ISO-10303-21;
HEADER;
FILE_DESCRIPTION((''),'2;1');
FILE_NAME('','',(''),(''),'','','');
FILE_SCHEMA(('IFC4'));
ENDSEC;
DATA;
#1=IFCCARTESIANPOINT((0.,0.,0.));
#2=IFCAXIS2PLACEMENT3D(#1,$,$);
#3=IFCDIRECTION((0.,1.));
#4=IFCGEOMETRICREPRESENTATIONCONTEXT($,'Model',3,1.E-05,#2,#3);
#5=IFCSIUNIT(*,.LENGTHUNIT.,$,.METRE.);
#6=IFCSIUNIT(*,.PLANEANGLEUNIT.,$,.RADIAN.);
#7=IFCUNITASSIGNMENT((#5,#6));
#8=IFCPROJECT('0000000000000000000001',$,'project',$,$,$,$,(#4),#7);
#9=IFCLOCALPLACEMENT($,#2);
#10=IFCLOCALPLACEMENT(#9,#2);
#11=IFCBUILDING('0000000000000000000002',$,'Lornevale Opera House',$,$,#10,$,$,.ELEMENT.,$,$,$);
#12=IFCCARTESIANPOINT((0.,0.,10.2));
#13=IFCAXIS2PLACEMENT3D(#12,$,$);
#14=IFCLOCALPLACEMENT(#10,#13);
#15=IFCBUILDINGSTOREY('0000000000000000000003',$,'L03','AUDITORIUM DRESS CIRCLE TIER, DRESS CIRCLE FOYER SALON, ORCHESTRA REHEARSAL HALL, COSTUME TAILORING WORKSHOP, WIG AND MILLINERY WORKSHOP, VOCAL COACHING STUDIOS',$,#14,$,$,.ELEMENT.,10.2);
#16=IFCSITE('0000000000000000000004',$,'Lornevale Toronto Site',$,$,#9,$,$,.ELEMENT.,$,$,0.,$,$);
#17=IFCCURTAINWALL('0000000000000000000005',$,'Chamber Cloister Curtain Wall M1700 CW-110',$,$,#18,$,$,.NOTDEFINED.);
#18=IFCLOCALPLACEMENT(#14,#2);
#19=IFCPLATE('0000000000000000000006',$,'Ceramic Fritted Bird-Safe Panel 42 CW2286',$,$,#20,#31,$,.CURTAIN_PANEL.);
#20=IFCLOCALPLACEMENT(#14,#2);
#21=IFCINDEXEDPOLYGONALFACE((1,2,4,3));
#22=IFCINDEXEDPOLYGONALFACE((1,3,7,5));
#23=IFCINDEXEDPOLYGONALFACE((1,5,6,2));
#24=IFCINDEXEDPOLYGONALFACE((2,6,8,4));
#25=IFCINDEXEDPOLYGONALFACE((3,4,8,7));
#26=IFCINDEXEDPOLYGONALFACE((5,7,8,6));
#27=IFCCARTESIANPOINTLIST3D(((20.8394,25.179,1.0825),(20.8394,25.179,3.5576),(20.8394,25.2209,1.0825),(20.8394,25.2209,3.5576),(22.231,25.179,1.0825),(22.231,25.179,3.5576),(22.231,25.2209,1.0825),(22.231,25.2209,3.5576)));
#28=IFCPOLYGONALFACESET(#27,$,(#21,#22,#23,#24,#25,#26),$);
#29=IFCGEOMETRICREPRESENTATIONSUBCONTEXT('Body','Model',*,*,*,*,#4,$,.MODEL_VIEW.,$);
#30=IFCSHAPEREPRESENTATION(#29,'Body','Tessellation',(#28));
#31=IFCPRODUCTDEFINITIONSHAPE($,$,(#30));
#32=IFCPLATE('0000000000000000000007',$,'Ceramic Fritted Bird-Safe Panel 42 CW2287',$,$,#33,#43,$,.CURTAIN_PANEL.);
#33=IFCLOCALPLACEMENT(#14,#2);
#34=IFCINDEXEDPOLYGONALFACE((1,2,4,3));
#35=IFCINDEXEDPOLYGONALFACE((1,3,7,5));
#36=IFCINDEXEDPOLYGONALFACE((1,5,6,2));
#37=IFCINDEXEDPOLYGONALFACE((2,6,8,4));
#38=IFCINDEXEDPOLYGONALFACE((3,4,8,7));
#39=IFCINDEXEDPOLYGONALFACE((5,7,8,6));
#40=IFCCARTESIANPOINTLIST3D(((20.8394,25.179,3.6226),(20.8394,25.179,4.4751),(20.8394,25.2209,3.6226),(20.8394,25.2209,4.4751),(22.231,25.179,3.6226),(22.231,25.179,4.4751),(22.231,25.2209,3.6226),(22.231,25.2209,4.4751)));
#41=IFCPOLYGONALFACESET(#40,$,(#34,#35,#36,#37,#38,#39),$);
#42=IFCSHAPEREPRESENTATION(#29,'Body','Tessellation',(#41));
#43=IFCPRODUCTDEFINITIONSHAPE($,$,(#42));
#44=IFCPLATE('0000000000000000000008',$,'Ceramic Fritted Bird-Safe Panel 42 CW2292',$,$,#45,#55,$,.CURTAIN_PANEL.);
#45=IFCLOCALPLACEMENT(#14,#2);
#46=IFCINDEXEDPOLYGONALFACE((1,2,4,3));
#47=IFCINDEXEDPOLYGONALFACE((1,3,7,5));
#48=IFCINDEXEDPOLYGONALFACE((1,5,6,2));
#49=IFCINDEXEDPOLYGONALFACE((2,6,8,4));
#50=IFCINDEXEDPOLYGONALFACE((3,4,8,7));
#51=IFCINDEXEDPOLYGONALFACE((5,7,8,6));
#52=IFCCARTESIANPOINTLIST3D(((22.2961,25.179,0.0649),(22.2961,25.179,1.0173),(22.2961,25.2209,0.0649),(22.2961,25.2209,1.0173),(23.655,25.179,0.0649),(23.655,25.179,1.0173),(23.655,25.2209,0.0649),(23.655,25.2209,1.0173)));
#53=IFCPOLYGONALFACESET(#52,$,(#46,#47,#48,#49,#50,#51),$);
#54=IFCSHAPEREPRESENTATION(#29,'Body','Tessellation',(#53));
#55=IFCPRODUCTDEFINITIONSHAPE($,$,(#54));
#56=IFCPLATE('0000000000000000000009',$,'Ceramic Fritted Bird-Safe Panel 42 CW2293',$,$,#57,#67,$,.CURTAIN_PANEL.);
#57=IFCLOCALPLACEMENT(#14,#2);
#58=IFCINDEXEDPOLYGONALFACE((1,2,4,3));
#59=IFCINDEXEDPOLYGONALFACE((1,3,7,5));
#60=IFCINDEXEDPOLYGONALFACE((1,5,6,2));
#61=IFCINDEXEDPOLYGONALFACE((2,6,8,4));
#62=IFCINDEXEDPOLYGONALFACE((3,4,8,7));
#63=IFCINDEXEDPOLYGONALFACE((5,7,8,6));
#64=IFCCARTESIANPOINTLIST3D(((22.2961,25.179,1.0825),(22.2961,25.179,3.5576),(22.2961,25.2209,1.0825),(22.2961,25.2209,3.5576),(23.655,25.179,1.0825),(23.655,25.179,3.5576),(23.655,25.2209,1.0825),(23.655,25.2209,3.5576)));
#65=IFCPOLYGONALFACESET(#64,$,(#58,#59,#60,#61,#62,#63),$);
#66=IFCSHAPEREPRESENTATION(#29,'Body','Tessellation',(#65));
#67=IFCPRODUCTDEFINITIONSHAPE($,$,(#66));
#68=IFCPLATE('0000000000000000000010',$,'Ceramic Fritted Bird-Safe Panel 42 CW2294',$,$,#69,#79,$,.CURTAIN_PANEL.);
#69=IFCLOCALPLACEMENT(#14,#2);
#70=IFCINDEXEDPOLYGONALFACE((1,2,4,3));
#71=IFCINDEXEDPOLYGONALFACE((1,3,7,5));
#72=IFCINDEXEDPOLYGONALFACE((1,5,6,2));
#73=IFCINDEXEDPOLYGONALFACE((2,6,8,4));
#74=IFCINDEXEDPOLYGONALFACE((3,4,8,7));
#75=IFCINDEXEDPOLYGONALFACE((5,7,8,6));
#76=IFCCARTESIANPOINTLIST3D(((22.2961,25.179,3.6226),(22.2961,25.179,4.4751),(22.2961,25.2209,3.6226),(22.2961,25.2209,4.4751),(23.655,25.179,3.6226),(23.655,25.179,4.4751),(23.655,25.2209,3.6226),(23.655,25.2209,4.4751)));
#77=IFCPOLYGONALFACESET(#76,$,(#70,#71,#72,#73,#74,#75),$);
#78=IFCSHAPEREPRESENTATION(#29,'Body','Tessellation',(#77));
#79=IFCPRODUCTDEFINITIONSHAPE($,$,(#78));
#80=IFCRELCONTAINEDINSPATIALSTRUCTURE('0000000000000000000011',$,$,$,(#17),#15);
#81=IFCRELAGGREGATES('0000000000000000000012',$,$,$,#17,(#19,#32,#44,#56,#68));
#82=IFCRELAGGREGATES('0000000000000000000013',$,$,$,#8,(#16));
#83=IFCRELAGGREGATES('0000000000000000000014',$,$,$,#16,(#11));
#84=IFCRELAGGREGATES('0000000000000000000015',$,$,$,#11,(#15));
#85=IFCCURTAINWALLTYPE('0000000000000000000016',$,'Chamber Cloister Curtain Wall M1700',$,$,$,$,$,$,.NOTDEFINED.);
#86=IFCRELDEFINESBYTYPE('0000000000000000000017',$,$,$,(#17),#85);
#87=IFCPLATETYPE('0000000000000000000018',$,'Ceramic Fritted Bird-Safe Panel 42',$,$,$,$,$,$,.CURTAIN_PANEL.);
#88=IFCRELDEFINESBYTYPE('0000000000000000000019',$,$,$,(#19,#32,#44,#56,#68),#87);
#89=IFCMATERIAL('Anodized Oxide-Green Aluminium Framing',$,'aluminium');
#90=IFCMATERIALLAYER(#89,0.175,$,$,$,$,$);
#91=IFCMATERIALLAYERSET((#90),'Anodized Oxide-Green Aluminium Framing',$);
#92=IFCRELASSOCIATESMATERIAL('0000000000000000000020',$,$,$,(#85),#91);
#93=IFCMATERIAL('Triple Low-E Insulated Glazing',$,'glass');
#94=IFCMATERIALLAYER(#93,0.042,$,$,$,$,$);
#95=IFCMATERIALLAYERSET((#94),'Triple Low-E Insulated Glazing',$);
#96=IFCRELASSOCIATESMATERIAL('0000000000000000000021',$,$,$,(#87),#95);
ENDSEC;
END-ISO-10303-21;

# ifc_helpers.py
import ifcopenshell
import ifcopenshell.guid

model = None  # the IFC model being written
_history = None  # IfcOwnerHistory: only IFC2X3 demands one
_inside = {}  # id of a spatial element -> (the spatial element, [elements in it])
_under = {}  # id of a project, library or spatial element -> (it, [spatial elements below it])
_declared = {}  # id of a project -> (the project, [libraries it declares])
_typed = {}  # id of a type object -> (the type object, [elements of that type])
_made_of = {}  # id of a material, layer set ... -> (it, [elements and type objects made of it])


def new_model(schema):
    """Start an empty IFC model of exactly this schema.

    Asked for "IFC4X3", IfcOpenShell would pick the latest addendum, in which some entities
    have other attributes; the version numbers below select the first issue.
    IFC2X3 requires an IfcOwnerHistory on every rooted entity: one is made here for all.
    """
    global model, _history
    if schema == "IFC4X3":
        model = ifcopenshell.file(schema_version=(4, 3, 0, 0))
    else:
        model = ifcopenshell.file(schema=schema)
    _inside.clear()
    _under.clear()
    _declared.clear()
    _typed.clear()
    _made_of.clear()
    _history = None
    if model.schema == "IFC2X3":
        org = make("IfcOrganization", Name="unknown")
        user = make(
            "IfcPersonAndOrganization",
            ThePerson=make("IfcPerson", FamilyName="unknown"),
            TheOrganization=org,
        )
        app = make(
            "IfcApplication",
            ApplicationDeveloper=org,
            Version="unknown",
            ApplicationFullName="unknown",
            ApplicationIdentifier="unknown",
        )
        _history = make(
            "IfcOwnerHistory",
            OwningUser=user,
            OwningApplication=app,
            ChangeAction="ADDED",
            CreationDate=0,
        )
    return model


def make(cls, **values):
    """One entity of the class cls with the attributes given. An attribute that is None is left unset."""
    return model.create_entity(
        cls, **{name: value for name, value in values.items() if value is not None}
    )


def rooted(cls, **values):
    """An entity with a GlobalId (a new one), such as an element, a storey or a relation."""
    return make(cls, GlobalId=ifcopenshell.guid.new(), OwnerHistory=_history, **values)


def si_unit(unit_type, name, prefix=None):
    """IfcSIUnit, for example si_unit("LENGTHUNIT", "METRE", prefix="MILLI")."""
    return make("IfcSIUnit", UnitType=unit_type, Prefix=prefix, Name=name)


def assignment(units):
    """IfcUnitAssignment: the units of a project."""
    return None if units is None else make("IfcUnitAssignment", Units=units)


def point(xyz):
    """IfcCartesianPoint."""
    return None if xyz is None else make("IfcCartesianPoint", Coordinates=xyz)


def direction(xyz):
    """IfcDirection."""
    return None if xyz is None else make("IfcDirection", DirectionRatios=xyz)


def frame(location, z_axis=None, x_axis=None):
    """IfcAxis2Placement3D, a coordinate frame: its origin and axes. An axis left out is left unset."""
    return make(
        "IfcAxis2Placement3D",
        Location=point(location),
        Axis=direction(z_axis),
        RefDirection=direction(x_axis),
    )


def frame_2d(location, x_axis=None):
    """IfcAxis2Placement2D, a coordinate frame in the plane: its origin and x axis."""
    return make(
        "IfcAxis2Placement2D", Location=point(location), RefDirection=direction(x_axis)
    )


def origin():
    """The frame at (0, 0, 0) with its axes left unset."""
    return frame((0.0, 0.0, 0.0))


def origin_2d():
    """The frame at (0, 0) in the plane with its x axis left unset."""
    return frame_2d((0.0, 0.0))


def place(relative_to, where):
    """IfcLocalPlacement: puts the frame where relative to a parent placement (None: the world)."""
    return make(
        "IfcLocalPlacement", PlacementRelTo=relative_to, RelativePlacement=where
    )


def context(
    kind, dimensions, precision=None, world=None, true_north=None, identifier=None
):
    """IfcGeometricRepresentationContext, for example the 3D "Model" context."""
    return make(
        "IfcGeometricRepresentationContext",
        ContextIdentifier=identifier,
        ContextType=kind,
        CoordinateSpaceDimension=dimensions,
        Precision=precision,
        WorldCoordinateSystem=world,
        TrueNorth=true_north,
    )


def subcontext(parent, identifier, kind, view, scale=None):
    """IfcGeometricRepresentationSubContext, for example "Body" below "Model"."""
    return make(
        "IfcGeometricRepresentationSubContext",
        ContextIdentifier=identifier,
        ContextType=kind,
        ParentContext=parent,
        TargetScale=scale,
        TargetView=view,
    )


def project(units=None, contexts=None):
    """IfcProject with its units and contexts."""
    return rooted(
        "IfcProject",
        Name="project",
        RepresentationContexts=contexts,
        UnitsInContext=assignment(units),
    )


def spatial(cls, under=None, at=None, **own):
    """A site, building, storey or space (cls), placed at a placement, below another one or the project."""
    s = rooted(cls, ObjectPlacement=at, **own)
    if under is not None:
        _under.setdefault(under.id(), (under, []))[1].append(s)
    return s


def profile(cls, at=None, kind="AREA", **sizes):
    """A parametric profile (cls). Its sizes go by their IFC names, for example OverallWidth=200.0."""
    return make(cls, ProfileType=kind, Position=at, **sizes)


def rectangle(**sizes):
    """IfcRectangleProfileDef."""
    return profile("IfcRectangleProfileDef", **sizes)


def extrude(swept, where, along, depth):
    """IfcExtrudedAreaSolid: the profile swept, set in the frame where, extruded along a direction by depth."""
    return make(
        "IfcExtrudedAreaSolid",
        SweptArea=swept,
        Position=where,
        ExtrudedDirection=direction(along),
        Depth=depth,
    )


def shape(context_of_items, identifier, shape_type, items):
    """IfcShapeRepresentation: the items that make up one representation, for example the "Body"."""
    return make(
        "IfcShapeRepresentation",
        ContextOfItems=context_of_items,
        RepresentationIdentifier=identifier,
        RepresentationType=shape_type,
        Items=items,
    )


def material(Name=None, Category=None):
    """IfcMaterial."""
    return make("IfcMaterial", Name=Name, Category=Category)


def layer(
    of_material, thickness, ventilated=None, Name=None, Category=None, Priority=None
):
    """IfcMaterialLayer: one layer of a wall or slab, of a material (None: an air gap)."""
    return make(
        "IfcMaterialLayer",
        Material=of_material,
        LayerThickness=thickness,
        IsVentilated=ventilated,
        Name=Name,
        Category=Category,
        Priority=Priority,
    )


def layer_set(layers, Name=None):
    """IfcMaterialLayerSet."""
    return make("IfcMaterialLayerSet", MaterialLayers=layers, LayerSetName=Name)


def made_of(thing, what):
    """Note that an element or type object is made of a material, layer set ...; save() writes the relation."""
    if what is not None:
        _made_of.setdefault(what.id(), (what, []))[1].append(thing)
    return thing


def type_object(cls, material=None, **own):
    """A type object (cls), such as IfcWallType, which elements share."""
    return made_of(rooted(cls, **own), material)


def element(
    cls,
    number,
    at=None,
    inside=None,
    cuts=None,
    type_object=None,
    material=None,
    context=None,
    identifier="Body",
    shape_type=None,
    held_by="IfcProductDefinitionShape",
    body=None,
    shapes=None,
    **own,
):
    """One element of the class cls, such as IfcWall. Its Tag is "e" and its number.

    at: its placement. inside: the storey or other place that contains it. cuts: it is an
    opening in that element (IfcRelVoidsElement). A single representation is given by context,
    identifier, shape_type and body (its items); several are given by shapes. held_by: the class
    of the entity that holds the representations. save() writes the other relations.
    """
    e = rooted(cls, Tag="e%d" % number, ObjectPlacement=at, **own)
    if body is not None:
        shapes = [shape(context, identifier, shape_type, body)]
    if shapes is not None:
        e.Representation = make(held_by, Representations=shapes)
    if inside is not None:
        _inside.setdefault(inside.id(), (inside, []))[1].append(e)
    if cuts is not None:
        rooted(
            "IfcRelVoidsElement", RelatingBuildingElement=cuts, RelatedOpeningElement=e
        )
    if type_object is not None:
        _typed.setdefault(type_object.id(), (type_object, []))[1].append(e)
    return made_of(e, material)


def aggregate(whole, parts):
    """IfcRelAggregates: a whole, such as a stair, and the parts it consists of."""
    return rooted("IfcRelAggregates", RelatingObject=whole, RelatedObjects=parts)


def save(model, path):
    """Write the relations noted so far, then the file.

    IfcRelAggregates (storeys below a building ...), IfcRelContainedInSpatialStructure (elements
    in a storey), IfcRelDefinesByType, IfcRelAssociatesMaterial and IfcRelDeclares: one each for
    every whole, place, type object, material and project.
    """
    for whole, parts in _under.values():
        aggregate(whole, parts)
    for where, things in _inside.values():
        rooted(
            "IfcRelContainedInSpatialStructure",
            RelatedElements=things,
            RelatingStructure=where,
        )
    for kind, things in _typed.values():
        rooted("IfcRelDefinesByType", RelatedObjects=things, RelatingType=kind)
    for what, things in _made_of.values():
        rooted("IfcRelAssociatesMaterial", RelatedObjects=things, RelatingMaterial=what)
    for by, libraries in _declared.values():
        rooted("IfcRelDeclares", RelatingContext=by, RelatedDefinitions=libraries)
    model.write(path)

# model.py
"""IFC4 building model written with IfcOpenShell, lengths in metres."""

from ifc_helpers import new_model, si_unit, direction, frame, origin, origin_2d, place, context, subcontext, project, spatial, rectangle, extrude, material, layer, layer_set, type_object, element, aggregate, save


model = new_model("IFC4")

# Units and contexts
model_context = context("Model", 3, precision=1e-05, world=origin(), true_north=direction((0.0, 1.0)))
body_context = subcontext(model_context, "Body", "Model", "MODEL_VIEW")
ifc_project = project(units=[si_unit("LENGTHUNIT", "METRE"), si_unit("PLANEANGLEUNIT", "RADIAN")], contexts=[model_context])

# Site, building, storey
site_placement = place(None, origin())
site = spatial("IfcSite", under=ifc_project, at=site_placement, Name="Lornevale Toronto Site", CompositionType="ELEMENT", RefElevation=0.0)
building_placement = place(site_placement, origin())
building = spatial("IfcBuilding", under=site, at=building_placement, Name="Lornevale Opera House", CompositionType="ELEMENT")
storey_placement = place(building_placement, frame((0.0, 0.0, 10.2)))
storey = spatial("IfcBuildingStorey", under=building, at=storey_placement, Name="L03", Description="AUDITORIUM DRESS CIRCLE TIER, DRESS CIRCLE FOYER SALON, ORCHESTRA REHEARSAL HALL, COSTUME TAILORING WORKSHOP, WIG AND MILLINERY WORKSHOP, VOCAL COACHING STUDIOS", CompositionType="ELEMENT", Elevation=10.2)

# Curtain wall
ifc_material_1 = material(Name="Anodized Oxide-Green Aluminium Framing", Category="aluminium")
ifc_layer_1 = layer(ifc_material_1, 0.175)
ifc_layer_set_1 = layer_set([ifc_layer_1], Name="Anodized Oxide-Green Aluminium Framing")
curtain_wall_type = type_object("IfcCurtainWallType", Name="Chamber Cloister Curtain Wall M1700", PredefinedType="NOTDEFINED", material=ifc_layer_set_1)
curtain_wall_1_placement = place(storey_placement, origin())
curtain_wall_1 = element("IfcCurtainWall", 1, at=curtain_wall_1_placement, inside=storey, type_object=curtain_wall_type, Name="Chamber Cloister Curtain Wall M1700 CW-110", PredefinedType="NOTDEFINED")

# Plates
ifc_material_2 = material(Name="Triple Low-E Insulated Glazing", Category="glass")
ifc_layer_2 = layer(ifc_material_2, 0.042)
ifc_layer_set_2 = layer_set([ifc_layer_2], Name="Triple Low-E Insulated Glazing")
plate_type = type_object("IfcPlateType", Name="Ceramic Fritted Bird-Safe Panel 42", PredefinedType="CURTAIN_PANEL", material=ifc_layer_set_2)
plate_1_placement = place(storey_placement, frame((21.5352, 25.2, 1.0825), z_axis=(0.0, 0.0, 1.0), x_axis=(1.0, 0.0, 0.0)))
plate_1 = element("IfcPlate", 2, at=plate_1_placement, type_object=plate_type, Name="Ceramic Fritted Bird-Safe Panel 42 CW2286", PredefinedType="CURTAIN_PANEL", context=body_context, shape_type="SweptSolid", body=[
    extrude(rectangle(XDim=1.3916, YDim=0.042, at=origin_2d()), origin(), (0.0, 0.0, 1.0), 2.4751),
])
plate_2_placement = place(storey_placement, frame((21.5352, 25.2, 3.6226), z_axis=(0.0, 0.0, 1.0), x_axis=(1.0, 0.0, 0.0)))
plate_2 = element("IfcPlate", 3, at=plate_2_placement, type_object=plate_type, Name="Ceramic Fritted Bird-Safe Panel 42 CW2287", PredefinedType="CURTAIN_PANEL", context=body_context, shape_type="SweptSolid", body=[
    extrude(rectangle(XDim=1.3916, YDim=0.042, at=origin_2d()), origin(), (0.0, 0.0, 1.0), 0.8525),
])
plate_3_placement = place(storey_placement, frame((22.9756, 25.2, 0.0649), z_axis=(0.0, 0.0, 1.0), x_axis=(1.0, 0.0, 0.0)))
plate_3 = element("IfcPlate", 4, at=plate_3_placement, type_object=plate_type, Name="Ceramic Fritted Bird-Safe Panel 42 CW2292", PredefinedType="CURTAIN_PANEL", context=body_context, shape_type="SweptSolid", body=[
    extrude(rectangle(XDim=1.3589, YDim=0.042, at=origin_2d()), origin(), (0.0, 0.0, 1.0), 0.9524),
])
plate_4_placement = place(storey_placement, frame((22.9756, 25.2, 1.0825), z_axis=(0.0, 0.0, 1.0), x_axis=(1.0, 0.0, 0.0)))
plate_4 = element("IfcPlate", 5, at=plate_4_placement, type_object=plate_type, Name="Ceramic Fritted Bird-Safe Panel 42 CW2293", PredefinedType="CURTAIN_PANEL", context=body_context, shape_type="SweptSolid", body=[
    extrude(rectangle(XDim=1.3589, YDim=0.042, at=origin_2d()), origin(), (0.0, 0.0, 1.0), 2.4751),
])
plate_5_placement = place(storey_placement, frame((22.9756, 25.2, 3.6226), z_axis=(0.0, 0.0, 1.0), x_axis=(1.0, 0.0, 0.0)))
plate_5 = element("IfcPlate", 6, at=plate_5_placement, type_object=plate_type, Name="Ceramic Fritted Bird-Safe Panel 42 CW2294", PredefinedType="CURTAIN_PANEL", context=body_context, shape_type="SweptSolid", body=[
    extrude(rectangle(XDim=1.3589, YDim=0.042, at=origin_2d()), origin(), (0.0, 0.0, 1.0), 0.8525),
])
aggregate(curtain_wall_1, [plate_1, plate_2, plate_3, plate_4, plate_5])

save(model, "model.ifc")
